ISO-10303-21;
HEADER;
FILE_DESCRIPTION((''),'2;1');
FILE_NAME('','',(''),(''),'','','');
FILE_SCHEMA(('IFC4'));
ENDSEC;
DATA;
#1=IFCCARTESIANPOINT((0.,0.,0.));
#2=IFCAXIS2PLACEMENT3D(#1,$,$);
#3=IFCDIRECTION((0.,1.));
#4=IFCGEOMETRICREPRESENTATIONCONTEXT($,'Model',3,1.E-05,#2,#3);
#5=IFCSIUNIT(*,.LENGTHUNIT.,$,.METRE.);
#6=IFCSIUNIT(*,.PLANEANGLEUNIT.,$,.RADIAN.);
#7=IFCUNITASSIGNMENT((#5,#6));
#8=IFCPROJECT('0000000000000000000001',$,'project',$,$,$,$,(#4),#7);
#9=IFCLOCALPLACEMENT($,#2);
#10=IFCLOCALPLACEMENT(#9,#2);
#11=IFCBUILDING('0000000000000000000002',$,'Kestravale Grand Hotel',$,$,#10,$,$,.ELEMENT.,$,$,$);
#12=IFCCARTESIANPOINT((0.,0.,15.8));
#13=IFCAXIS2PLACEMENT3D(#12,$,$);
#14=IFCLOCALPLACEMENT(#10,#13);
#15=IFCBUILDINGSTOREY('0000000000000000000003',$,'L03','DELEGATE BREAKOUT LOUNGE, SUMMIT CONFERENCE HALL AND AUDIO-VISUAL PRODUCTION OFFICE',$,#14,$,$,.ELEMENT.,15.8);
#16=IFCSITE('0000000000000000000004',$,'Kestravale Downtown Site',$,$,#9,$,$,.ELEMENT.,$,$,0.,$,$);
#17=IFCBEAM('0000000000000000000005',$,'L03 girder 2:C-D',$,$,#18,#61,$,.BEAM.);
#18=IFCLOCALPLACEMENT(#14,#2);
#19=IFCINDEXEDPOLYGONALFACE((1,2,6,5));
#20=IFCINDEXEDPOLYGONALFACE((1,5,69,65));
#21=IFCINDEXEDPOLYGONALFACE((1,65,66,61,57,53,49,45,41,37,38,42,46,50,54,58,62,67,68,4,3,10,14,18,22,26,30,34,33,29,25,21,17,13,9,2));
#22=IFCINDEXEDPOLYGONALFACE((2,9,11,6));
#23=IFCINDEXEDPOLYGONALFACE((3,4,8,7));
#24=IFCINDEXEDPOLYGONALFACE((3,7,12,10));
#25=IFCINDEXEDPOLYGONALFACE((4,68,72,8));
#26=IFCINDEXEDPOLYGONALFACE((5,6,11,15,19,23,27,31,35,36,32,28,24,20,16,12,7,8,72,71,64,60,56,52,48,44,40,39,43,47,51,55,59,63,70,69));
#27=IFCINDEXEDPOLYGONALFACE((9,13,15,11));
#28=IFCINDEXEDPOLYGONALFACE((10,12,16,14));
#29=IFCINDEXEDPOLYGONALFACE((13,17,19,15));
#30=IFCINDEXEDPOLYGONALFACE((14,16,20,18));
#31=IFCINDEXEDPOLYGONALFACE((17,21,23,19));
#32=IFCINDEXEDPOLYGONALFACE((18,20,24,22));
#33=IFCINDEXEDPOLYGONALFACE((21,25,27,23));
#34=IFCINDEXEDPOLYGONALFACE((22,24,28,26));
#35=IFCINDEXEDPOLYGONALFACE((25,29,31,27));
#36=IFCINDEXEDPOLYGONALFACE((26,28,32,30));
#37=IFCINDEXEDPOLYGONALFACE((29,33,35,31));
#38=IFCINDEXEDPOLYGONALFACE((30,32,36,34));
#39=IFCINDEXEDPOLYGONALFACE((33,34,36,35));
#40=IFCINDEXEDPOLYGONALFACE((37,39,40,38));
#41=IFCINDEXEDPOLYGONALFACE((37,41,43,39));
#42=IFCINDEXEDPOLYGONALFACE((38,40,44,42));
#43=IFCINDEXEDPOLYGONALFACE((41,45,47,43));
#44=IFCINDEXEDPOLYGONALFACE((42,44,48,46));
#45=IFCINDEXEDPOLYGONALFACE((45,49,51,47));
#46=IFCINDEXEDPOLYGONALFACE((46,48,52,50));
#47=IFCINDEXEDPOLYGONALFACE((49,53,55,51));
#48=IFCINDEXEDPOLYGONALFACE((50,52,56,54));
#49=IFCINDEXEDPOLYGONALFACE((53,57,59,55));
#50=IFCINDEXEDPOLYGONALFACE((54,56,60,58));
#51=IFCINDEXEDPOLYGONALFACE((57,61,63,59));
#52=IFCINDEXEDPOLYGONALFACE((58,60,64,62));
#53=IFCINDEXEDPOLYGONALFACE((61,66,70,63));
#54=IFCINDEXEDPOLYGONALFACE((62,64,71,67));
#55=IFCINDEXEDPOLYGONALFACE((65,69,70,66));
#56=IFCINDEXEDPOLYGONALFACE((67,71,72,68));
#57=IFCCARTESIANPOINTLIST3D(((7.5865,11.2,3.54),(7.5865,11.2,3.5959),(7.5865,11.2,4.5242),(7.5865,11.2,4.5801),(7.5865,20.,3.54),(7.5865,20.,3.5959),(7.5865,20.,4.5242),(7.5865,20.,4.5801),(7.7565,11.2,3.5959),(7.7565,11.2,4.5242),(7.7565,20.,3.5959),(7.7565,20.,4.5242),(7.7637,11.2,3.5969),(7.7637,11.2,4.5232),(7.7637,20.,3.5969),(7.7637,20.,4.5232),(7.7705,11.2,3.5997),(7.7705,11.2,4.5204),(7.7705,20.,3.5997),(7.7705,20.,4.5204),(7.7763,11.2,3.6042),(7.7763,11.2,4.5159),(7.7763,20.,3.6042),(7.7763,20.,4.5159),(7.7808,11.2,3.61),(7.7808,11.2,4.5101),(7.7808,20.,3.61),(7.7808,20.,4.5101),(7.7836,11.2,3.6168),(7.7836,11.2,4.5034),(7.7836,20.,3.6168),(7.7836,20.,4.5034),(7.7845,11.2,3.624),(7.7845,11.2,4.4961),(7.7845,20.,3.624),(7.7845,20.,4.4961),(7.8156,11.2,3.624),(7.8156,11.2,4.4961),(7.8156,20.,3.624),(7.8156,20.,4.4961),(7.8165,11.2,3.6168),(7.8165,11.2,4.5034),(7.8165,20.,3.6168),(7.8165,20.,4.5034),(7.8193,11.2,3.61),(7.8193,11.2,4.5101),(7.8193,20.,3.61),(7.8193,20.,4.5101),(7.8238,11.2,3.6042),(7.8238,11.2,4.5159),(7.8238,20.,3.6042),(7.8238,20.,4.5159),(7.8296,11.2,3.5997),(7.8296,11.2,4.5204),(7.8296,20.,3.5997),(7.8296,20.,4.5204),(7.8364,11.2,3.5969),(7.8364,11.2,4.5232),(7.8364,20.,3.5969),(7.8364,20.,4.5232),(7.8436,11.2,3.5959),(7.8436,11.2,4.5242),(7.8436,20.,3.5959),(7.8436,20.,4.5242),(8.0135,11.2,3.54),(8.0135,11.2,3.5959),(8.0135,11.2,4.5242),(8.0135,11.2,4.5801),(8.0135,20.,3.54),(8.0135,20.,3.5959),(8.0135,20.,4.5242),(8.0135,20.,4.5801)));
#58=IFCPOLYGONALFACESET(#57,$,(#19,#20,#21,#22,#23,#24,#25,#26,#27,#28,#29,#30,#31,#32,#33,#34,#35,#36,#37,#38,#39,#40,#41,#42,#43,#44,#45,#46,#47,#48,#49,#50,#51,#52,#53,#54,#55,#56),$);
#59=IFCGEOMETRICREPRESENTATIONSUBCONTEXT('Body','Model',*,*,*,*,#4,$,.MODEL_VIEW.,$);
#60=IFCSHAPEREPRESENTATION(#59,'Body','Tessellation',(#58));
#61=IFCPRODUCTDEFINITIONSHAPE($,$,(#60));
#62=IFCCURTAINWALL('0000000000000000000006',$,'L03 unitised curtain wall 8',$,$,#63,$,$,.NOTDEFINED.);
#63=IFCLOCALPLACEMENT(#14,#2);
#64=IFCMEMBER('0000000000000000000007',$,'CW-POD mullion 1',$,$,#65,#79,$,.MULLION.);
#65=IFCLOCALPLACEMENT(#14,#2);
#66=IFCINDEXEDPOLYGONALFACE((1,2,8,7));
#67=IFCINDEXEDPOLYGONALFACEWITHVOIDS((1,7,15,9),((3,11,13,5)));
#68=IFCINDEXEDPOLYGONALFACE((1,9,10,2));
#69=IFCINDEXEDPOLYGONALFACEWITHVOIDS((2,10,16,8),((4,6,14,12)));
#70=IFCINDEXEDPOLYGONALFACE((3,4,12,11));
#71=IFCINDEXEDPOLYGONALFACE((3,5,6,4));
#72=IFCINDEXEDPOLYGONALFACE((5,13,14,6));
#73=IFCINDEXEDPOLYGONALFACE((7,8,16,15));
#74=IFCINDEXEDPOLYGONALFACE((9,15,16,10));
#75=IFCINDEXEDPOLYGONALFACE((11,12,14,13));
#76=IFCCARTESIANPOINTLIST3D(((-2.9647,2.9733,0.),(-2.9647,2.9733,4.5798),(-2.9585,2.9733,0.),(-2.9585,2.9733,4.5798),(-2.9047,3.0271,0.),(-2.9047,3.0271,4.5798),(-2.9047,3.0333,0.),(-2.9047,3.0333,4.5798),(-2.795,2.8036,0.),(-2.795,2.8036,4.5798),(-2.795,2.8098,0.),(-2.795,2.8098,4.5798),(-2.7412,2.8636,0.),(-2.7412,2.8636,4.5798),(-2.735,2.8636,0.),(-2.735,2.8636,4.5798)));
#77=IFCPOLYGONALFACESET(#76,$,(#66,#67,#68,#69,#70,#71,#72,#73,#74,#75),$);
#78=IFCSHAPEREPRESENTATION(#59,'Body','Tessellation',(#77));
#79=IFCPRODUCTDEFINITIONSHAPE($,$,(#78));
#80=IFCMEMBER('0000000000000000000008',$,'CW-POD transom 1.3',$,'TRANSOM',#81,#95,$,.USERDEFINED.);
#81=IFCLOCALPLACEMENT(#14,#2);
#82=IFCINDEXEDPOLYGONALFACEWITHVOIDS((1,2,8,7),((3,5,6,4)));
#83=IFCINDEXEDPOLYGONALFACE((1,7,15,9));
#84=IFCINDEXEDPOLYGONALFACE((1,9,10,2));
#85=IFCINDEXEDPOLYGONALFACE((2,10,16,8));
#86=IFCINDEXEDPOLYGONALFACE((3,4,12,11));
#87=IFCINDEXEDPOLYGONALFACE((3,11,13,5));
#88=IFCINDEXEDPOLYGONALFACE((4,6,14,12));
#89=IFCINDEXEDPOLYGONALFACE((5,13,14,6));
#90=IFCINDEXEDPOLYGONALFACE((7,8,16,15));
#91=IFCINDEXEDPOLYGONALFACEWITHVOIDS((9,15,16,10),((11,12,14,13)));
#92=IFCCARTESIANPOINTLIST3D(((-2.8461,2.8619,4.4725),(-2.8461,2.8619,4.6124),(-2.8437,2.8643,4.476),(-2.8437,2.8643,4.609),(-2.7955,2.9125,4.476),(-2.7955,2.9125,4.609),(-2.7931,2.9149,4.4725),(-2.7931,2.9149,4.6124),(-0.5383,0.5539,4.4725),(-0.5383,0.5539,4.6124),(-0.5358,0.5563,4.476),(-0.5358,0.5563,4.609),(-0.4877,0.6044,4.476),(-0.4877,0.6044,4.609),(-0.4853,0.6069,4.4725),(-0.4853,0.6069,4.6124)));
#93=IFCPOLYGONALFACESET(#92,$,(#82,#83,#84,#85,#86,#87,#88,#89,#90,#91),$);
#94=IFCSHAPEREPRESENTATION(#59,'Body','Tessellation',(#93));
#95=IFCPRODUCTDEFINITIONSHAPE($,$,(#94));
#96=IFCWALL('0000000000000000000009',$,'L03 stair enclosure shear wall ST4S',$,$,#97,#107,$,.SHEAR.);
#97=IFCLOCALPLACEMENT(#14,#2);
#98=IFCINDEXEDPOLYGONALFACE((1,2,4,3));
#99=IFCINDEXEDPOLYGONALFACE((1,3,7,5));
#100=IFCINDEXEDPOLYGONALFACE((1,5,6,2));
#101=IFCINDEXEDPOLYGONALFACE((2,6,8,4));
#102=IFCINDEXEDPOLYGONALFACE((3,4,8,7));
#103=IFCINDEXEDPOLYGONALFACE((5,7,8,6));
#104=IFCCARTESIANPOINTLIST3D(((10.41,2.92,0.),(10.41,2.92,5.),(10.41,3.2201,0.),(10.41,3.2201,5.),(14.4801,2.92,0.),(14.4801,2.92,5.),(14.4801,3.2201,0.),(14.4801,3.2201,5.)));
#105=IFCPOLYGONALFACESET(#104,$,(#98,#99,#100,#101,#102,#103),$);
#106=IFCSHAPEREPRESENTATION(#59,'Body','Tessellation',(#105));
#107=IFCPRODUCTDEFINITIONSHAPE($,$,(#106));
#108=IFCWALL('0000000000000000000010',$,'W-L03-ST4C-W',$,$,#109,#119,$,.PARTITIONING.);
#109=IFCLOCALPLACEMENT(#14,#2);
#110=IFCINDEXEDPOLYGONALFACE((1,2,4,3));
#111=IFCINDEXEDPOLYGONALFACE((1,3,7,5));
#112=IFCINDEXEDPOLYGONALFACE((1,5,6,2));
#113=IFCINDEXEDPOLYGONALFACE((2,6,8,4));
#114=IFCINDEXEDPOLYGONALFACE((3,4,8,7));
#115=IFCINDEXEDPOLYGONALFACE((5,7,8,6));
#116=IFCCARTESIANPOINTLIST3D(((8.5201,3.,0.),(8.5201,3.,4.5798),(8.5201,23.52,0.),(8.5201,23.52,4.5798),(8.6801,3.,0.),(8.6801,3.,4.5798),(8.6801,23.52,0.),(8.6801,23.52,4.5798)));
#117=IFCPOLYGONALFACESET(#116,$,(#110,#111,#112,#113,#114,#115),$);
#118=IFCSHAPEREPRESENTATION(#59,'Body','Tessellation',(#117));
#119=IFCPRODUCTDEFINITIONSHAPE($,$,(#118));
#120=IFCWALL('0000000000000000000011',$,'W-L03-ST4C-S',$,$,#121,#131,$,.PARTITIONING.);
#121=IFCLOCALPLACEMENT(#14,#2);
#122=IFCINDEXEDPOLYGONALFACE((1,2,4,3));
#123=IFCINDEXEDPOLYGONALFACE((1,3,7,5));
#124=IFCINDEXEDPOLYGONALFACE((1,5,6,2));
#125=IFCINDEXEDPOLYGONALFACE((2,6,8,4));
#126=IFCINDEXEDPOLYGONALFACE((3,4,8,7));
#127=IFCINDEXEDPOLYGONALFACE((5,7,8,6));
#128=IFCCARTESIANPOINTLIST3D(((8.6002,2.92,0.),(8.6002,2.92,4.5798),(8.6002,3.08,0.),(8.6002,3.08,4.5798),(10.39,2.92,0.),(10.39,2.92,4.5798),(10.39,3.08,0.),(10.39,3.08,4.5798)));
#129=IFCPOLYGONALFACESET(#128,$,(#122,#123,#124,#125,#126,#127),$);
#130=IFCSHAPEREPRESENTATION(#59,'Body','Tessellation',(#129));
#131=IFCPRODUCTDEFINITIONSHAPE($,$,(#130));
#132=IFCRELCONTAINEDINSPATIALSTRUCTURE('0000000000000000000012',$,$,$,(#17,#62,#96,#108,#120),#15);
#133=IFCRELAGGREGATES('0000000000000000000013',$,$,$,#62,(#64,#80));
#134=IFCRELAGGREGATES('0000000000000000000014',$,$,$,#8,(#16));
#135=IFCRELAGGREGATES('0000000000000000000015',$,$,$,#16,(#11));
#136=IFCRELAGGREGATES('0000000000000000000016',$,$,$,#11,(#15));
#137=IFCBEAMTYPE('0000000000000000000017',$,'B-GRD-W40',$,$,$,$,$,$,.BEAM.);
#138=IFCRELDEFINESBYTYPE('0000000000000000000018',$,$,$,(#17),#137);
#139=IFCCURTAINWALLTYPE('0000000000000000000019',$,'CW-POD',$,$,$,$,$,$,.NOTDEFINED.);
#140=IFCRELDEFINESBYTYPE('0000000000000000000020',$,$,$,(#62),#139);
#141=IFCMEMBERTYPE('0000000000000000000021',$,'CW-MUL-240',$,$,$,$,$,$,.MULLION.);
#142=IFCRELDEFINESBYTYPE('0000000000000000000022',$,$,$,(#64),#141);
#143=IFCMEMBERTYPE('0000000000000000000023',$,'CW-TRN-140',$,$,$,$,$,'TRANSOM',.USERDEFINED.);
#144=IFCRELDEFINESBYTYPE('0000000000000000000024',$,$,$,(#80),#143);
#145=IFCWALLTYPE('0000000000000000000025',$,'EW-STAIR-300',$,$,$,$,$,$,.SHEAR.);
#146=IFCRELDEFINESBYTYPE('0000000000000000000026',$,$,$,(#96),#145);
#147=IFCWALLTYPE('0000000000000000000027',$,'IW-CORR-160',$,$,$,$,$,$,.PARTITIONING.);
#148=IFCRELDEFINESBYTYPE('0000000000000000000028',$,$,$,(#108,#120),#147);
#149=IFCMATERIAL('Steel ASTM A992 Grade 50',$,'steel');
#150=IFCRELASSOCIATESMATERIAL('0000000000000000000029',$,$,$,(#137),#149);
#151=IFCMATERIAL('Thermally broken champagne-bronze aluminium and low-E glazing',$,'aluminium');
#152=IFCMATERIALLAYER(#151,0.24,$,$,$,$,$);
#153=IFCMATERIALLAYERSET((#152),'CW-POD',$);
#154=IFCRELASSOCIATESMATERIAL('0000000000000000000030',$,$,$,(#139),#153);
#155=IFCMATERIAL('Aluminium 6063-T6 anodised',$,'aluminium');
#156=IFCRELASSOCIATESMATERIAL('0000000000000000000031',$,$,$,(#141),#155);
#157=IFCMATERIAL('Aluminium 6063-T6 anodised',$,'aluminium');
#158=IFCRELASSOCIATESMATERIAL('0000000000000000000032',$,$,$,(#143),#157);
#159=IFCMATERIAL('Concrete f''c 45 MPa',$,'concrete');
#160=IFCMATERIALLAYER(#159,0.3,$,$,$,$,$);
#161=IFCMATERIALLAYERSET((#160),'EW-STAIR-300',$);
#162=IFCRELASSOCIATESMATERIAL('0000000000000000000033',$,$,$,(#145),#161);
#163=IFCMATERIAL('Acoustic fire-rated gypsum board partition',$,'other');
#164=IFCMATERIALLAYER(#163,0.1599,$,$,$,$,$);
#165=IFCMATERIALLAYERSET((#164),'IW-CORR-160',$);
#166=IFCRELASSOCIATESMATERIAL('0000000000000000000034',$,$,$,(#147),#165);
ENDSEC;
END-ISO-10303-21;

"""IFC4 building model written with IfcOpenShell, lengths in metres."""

from ifc_helpers import new_model, si_unit, direction, frame, frame_2d, origin, origin_2d, place, context, subcontext, project, spatial, rectangle, hollow_rectangle, i_section, extrude, material, layer, layer_set, material_profile, profile_set, type_object, element, aggregate, save


model = new_model("IFC4")

# Units and contexts
model_context = context("Model", 3, precision=1e-05, world=origin(), true_north=direction((0.0, 1.0)))
body_context = subcontext(model_context, "Body", "Model", "MODEL_VIEW")
ifc_project = project(units=[si_unit("LENGTHUNIT", "METRE"), si_unit("PLANEANGLEUNIT", "RADIAN")], contexts=[model_context])

# Site, building, storey
site_placement = place(None, origin())
site = spatial("IfcSite", under=ifc_project, at=site_placement, Name="Kestravale Downtown Site", CompositionType="ELEMENT", RefElevation=0.0)
building_placement = place(site_placement, origin())
building = spatial("IfcBuilding", under=site, at=building_placement, Name="Kestravale Grand Hotel", CompositionType="ELEMENT")
storey_placement = place(building_placement, frame((0.0, 0.0, 15.8)))
storey = spatial("IfcBuildingStorey", under=building, at=storey_placement, Name="L03", Description="DELEGATE BREAKOUT LOUNGE, SUMMIT CONFERENCE HALL AND AUDIO-VISUAL PRODUCTION OFFICE", CompositionType="ELEMENT", Elevation=15.8)

# Beam
ifc_material_1 = material(Name="Steel ASTM A992 Grade 50", Category="steel")
ifc_material_profile_1 = material_profile(ifc_material_1, i_section(OverallWidth=0.427, OverallDepth=1.04, WebThickness=0.031, FlangeThickness=0.0559, FilletRadius=0.0281, at=origin_2d()))
ifc_profile_set_1 = profile_set([ifc_material_profile_1], Name="Steel ASTM A992 Grade 50")
beam_type_1 = type_object("IfcBeamType", Name="B-GRD-W40", PredefinedType="BEAM", material=ifc_profile_set_1)
beam_1_placement = place(storey_placement, frame((7.8, 11.2, 4.0601), z_axis=(0.0, 1.0, 0.0), x_axis=(-1.0, 0.0, 0.0)))
element("IfcBeam", 1, at=beam_1_placement, inside=storey, type_object=beam_type_1, Name="L03 girder 2:C-D", PredefinedType="BEAM", context=body_context, shape_type="SweptSolid", body=[
    extrude(i_section(OverallWidth=0.427, OverallDepth=1.04, WebThickness=0.031, FlangeThickness=0.0559, FilletRadius=0.0281, at=origin_2d()), origin(), (0.0, 0.0, 1.0), 8.8),
])

# Curtain wall, members
ifc_material_2 = material(Name="Thermally broken champagne-bronze aluminium and low-E glazing", Category="aluminium")
ifc_layer_1 = layer(ifc_material_2, 0.24)
ifc_layer_set_1 = layer_set([ifc_layer_1], Name="CW-POD")
curtain_wall_type = type_object("IfcCurtainWallType", Name="CW-POD", PredefinedType="NOTDEFINED", material=ifc_layer_set_1)
curtain_wall_placement = place(storey_placement, origin())
curtain_wall = element("IfcCurtainWall", 2, at=curtain_wall_placement, inside=storey, type_object=curtain_wall_type, Name="L03 unitised curtain wall 8", PredefinedType="NOTDEFINED")
ifc_material_3 = material(Name="Aluminium 6063-T6 anodised", Category="aluminium")
ifc_material_profile_2 = material_profile(ifc_material_3, hollow_rectangle(XDim=0.085, YDim=0.24, WallThickness=0.0044, at=origin_2d()))
ifc_profile_set_2 = profile_set([ifc_material_profile_2], Name="Aluminium 6063-T6 anodised")
member_type_1 = type_object("IfcMemberType", Name="CW-MUL-240", PredefinedType="MULLION", material=ifc_profile_set_2)
member_1_placement = place(storey_placement, frame((-2.8499, 2.9185, 0.0), z_axis=(0.0, 0.0, 1.0), x_axis=(0.707107, 0.707107, 0.0)))
member_1 = element("IfcMember", 3, at=member_1_placement, type_object=member_type_1, Name="CW-POD mullion 1", PredefinedType="MULLION", context=body_context, shape_type="SweptSolid", body=[
    extrude(hollow_rectangle(XDim=0.085, YDim=0.24, WallThickness=0.0044, at=origin_2d()), origin(), (0.0, 0.0, 1.0), 4.5798),
])
ifc_material_4 = material(Name="Aluminium 6063-T6 anodised", Category="aluminium")
ifc_material_profile_3 = material_profile(ifc_material_4, hollow_rectangle(XDim=0.075, YDim=0.1399, WallThickness=0.0034, at=origin_2d()))
ifc_profile_set_3 = profile_set([ifc_material_profile_3], Name="Aluminium 6063-T6 anodised")
member_type_2 = type_object("IfcMemberType", Name="CW-TRN-140", ElementType="TRANSOM", PredefinedType="USERDEFINED", material=ifc_profile_set_3)
member_2_placement = place(storey_placement, frame((-2.8196, 2.8884, 4.5425), z_axis=(0.707069, -0.707144, 0.0), x_axis=(0.707144, 0.707069, 0.0)))
member_2 = element("IfcMember", 4, at=member_2_placement, type_object=member_type_2, Name="CW-POD transom 1.3", ObjectType="TRANSOM", PredefinedType="USERDEFINED", context=body_context, shape_type="SweptSolid", body=[
    extrude(hollow_rectangle(XDim=0.075, YDim=0.1399, WallThickness=0.0034, at=origin_2d()), origin(), (0.0, 0.0, 1.0), 3.2639),
])
aggregate(curtain_wall, [member_1, member_2])

# Walls
ifc_material_5 = material(Name="Concrete f'c 45 MPa", Category="concrete")
ifc_layer_2 = layer(ifc_material_5, 0.3)
ifc_layer_set_2 = layer_set([ifc_layer_2], Name="EW-STAIR-300")
wall_type_1 = type_object("IfcWallType", Name="EW-STAIR-300", PredefinedType="SHEAR", material=ifc_layer_set_2)
wall_1_placement = place(storey_placement, frame((10.4099, 3.0701, 0.0), z_axis=(0.0, 0.0, 1.0), x_axis=(1.0, 0.0, 0.0)))
element("IfcWall", 5, at=wall_1_placement, inside=storey, type_object=wall_type_1, Name="L03 stair enclosure shear wall ST4S", PredefinedType="SHEAR", context=body_context, shape_type="SweptSolid", body=[
    extrude(rectangle(XDim=4.0701, YDim=0.3, at=frame_2d((2.0352, 0.0))), origin(), (0.0, 0.0, 1.0), 5.0),
])
ifc_material_6 = material(Name="Acoustic fire-rated gypsum board partition", Category="other")
ifc_layer_3 = layer(ifc_material_6, 0.1599)
ifc_layer_set_3 = layer_set([ifc_layer_3], Name="IW-CORR-160")
wall_type_2 = type_object("IfcWallType", Name="IW-CORR-160", PredefinedType="PARTITIONING", material=ifc_layer_set_3)
wall_2_placement = place(storey_placement, frame((8.6001, 3.0, 0.0), z_axis=(0.0, 0.0, 1.0), x_axis=(0.0, 1.0, 0.0)))
element("IfcWall", 6, at=wall_2_placement, inside=storey, type_object=wall_type_2, Name="W-L03-ST4C-W", PredefinedType="PARTITIONING", context=body_context, shape_type="SweptSolid", body=[
    extrude(rectangle(XDim=20.52, YDim=0.1599, at=frame_2d((10.26, 0.0))), origin(), (0.0, 0.0, 1.0), 4.5798),
])
wall_3_placement = place(storey_placement, frame((8.6001, 3.0, 0.0), z_axis=(0.0, 0.0, 1.0), x_axis=(1.0, 0.0, 0.0)))
element("IfcWall", 7, at=wall_3_placement, inside=storey, type_object=wall_type_2, Name="W-L03-ST4C-S", PredefinedType="PARTITIONING", context=body_context, shape_type="SweptSolid", body=[
    extrude(rectangle(XDim=1.7898, YDim=0.1599, at=frame_2d((0.895, 0.0))), origin(), (0.0, 0.0, 1.0), 4.5798),
])

save(model, "model.ifc")
